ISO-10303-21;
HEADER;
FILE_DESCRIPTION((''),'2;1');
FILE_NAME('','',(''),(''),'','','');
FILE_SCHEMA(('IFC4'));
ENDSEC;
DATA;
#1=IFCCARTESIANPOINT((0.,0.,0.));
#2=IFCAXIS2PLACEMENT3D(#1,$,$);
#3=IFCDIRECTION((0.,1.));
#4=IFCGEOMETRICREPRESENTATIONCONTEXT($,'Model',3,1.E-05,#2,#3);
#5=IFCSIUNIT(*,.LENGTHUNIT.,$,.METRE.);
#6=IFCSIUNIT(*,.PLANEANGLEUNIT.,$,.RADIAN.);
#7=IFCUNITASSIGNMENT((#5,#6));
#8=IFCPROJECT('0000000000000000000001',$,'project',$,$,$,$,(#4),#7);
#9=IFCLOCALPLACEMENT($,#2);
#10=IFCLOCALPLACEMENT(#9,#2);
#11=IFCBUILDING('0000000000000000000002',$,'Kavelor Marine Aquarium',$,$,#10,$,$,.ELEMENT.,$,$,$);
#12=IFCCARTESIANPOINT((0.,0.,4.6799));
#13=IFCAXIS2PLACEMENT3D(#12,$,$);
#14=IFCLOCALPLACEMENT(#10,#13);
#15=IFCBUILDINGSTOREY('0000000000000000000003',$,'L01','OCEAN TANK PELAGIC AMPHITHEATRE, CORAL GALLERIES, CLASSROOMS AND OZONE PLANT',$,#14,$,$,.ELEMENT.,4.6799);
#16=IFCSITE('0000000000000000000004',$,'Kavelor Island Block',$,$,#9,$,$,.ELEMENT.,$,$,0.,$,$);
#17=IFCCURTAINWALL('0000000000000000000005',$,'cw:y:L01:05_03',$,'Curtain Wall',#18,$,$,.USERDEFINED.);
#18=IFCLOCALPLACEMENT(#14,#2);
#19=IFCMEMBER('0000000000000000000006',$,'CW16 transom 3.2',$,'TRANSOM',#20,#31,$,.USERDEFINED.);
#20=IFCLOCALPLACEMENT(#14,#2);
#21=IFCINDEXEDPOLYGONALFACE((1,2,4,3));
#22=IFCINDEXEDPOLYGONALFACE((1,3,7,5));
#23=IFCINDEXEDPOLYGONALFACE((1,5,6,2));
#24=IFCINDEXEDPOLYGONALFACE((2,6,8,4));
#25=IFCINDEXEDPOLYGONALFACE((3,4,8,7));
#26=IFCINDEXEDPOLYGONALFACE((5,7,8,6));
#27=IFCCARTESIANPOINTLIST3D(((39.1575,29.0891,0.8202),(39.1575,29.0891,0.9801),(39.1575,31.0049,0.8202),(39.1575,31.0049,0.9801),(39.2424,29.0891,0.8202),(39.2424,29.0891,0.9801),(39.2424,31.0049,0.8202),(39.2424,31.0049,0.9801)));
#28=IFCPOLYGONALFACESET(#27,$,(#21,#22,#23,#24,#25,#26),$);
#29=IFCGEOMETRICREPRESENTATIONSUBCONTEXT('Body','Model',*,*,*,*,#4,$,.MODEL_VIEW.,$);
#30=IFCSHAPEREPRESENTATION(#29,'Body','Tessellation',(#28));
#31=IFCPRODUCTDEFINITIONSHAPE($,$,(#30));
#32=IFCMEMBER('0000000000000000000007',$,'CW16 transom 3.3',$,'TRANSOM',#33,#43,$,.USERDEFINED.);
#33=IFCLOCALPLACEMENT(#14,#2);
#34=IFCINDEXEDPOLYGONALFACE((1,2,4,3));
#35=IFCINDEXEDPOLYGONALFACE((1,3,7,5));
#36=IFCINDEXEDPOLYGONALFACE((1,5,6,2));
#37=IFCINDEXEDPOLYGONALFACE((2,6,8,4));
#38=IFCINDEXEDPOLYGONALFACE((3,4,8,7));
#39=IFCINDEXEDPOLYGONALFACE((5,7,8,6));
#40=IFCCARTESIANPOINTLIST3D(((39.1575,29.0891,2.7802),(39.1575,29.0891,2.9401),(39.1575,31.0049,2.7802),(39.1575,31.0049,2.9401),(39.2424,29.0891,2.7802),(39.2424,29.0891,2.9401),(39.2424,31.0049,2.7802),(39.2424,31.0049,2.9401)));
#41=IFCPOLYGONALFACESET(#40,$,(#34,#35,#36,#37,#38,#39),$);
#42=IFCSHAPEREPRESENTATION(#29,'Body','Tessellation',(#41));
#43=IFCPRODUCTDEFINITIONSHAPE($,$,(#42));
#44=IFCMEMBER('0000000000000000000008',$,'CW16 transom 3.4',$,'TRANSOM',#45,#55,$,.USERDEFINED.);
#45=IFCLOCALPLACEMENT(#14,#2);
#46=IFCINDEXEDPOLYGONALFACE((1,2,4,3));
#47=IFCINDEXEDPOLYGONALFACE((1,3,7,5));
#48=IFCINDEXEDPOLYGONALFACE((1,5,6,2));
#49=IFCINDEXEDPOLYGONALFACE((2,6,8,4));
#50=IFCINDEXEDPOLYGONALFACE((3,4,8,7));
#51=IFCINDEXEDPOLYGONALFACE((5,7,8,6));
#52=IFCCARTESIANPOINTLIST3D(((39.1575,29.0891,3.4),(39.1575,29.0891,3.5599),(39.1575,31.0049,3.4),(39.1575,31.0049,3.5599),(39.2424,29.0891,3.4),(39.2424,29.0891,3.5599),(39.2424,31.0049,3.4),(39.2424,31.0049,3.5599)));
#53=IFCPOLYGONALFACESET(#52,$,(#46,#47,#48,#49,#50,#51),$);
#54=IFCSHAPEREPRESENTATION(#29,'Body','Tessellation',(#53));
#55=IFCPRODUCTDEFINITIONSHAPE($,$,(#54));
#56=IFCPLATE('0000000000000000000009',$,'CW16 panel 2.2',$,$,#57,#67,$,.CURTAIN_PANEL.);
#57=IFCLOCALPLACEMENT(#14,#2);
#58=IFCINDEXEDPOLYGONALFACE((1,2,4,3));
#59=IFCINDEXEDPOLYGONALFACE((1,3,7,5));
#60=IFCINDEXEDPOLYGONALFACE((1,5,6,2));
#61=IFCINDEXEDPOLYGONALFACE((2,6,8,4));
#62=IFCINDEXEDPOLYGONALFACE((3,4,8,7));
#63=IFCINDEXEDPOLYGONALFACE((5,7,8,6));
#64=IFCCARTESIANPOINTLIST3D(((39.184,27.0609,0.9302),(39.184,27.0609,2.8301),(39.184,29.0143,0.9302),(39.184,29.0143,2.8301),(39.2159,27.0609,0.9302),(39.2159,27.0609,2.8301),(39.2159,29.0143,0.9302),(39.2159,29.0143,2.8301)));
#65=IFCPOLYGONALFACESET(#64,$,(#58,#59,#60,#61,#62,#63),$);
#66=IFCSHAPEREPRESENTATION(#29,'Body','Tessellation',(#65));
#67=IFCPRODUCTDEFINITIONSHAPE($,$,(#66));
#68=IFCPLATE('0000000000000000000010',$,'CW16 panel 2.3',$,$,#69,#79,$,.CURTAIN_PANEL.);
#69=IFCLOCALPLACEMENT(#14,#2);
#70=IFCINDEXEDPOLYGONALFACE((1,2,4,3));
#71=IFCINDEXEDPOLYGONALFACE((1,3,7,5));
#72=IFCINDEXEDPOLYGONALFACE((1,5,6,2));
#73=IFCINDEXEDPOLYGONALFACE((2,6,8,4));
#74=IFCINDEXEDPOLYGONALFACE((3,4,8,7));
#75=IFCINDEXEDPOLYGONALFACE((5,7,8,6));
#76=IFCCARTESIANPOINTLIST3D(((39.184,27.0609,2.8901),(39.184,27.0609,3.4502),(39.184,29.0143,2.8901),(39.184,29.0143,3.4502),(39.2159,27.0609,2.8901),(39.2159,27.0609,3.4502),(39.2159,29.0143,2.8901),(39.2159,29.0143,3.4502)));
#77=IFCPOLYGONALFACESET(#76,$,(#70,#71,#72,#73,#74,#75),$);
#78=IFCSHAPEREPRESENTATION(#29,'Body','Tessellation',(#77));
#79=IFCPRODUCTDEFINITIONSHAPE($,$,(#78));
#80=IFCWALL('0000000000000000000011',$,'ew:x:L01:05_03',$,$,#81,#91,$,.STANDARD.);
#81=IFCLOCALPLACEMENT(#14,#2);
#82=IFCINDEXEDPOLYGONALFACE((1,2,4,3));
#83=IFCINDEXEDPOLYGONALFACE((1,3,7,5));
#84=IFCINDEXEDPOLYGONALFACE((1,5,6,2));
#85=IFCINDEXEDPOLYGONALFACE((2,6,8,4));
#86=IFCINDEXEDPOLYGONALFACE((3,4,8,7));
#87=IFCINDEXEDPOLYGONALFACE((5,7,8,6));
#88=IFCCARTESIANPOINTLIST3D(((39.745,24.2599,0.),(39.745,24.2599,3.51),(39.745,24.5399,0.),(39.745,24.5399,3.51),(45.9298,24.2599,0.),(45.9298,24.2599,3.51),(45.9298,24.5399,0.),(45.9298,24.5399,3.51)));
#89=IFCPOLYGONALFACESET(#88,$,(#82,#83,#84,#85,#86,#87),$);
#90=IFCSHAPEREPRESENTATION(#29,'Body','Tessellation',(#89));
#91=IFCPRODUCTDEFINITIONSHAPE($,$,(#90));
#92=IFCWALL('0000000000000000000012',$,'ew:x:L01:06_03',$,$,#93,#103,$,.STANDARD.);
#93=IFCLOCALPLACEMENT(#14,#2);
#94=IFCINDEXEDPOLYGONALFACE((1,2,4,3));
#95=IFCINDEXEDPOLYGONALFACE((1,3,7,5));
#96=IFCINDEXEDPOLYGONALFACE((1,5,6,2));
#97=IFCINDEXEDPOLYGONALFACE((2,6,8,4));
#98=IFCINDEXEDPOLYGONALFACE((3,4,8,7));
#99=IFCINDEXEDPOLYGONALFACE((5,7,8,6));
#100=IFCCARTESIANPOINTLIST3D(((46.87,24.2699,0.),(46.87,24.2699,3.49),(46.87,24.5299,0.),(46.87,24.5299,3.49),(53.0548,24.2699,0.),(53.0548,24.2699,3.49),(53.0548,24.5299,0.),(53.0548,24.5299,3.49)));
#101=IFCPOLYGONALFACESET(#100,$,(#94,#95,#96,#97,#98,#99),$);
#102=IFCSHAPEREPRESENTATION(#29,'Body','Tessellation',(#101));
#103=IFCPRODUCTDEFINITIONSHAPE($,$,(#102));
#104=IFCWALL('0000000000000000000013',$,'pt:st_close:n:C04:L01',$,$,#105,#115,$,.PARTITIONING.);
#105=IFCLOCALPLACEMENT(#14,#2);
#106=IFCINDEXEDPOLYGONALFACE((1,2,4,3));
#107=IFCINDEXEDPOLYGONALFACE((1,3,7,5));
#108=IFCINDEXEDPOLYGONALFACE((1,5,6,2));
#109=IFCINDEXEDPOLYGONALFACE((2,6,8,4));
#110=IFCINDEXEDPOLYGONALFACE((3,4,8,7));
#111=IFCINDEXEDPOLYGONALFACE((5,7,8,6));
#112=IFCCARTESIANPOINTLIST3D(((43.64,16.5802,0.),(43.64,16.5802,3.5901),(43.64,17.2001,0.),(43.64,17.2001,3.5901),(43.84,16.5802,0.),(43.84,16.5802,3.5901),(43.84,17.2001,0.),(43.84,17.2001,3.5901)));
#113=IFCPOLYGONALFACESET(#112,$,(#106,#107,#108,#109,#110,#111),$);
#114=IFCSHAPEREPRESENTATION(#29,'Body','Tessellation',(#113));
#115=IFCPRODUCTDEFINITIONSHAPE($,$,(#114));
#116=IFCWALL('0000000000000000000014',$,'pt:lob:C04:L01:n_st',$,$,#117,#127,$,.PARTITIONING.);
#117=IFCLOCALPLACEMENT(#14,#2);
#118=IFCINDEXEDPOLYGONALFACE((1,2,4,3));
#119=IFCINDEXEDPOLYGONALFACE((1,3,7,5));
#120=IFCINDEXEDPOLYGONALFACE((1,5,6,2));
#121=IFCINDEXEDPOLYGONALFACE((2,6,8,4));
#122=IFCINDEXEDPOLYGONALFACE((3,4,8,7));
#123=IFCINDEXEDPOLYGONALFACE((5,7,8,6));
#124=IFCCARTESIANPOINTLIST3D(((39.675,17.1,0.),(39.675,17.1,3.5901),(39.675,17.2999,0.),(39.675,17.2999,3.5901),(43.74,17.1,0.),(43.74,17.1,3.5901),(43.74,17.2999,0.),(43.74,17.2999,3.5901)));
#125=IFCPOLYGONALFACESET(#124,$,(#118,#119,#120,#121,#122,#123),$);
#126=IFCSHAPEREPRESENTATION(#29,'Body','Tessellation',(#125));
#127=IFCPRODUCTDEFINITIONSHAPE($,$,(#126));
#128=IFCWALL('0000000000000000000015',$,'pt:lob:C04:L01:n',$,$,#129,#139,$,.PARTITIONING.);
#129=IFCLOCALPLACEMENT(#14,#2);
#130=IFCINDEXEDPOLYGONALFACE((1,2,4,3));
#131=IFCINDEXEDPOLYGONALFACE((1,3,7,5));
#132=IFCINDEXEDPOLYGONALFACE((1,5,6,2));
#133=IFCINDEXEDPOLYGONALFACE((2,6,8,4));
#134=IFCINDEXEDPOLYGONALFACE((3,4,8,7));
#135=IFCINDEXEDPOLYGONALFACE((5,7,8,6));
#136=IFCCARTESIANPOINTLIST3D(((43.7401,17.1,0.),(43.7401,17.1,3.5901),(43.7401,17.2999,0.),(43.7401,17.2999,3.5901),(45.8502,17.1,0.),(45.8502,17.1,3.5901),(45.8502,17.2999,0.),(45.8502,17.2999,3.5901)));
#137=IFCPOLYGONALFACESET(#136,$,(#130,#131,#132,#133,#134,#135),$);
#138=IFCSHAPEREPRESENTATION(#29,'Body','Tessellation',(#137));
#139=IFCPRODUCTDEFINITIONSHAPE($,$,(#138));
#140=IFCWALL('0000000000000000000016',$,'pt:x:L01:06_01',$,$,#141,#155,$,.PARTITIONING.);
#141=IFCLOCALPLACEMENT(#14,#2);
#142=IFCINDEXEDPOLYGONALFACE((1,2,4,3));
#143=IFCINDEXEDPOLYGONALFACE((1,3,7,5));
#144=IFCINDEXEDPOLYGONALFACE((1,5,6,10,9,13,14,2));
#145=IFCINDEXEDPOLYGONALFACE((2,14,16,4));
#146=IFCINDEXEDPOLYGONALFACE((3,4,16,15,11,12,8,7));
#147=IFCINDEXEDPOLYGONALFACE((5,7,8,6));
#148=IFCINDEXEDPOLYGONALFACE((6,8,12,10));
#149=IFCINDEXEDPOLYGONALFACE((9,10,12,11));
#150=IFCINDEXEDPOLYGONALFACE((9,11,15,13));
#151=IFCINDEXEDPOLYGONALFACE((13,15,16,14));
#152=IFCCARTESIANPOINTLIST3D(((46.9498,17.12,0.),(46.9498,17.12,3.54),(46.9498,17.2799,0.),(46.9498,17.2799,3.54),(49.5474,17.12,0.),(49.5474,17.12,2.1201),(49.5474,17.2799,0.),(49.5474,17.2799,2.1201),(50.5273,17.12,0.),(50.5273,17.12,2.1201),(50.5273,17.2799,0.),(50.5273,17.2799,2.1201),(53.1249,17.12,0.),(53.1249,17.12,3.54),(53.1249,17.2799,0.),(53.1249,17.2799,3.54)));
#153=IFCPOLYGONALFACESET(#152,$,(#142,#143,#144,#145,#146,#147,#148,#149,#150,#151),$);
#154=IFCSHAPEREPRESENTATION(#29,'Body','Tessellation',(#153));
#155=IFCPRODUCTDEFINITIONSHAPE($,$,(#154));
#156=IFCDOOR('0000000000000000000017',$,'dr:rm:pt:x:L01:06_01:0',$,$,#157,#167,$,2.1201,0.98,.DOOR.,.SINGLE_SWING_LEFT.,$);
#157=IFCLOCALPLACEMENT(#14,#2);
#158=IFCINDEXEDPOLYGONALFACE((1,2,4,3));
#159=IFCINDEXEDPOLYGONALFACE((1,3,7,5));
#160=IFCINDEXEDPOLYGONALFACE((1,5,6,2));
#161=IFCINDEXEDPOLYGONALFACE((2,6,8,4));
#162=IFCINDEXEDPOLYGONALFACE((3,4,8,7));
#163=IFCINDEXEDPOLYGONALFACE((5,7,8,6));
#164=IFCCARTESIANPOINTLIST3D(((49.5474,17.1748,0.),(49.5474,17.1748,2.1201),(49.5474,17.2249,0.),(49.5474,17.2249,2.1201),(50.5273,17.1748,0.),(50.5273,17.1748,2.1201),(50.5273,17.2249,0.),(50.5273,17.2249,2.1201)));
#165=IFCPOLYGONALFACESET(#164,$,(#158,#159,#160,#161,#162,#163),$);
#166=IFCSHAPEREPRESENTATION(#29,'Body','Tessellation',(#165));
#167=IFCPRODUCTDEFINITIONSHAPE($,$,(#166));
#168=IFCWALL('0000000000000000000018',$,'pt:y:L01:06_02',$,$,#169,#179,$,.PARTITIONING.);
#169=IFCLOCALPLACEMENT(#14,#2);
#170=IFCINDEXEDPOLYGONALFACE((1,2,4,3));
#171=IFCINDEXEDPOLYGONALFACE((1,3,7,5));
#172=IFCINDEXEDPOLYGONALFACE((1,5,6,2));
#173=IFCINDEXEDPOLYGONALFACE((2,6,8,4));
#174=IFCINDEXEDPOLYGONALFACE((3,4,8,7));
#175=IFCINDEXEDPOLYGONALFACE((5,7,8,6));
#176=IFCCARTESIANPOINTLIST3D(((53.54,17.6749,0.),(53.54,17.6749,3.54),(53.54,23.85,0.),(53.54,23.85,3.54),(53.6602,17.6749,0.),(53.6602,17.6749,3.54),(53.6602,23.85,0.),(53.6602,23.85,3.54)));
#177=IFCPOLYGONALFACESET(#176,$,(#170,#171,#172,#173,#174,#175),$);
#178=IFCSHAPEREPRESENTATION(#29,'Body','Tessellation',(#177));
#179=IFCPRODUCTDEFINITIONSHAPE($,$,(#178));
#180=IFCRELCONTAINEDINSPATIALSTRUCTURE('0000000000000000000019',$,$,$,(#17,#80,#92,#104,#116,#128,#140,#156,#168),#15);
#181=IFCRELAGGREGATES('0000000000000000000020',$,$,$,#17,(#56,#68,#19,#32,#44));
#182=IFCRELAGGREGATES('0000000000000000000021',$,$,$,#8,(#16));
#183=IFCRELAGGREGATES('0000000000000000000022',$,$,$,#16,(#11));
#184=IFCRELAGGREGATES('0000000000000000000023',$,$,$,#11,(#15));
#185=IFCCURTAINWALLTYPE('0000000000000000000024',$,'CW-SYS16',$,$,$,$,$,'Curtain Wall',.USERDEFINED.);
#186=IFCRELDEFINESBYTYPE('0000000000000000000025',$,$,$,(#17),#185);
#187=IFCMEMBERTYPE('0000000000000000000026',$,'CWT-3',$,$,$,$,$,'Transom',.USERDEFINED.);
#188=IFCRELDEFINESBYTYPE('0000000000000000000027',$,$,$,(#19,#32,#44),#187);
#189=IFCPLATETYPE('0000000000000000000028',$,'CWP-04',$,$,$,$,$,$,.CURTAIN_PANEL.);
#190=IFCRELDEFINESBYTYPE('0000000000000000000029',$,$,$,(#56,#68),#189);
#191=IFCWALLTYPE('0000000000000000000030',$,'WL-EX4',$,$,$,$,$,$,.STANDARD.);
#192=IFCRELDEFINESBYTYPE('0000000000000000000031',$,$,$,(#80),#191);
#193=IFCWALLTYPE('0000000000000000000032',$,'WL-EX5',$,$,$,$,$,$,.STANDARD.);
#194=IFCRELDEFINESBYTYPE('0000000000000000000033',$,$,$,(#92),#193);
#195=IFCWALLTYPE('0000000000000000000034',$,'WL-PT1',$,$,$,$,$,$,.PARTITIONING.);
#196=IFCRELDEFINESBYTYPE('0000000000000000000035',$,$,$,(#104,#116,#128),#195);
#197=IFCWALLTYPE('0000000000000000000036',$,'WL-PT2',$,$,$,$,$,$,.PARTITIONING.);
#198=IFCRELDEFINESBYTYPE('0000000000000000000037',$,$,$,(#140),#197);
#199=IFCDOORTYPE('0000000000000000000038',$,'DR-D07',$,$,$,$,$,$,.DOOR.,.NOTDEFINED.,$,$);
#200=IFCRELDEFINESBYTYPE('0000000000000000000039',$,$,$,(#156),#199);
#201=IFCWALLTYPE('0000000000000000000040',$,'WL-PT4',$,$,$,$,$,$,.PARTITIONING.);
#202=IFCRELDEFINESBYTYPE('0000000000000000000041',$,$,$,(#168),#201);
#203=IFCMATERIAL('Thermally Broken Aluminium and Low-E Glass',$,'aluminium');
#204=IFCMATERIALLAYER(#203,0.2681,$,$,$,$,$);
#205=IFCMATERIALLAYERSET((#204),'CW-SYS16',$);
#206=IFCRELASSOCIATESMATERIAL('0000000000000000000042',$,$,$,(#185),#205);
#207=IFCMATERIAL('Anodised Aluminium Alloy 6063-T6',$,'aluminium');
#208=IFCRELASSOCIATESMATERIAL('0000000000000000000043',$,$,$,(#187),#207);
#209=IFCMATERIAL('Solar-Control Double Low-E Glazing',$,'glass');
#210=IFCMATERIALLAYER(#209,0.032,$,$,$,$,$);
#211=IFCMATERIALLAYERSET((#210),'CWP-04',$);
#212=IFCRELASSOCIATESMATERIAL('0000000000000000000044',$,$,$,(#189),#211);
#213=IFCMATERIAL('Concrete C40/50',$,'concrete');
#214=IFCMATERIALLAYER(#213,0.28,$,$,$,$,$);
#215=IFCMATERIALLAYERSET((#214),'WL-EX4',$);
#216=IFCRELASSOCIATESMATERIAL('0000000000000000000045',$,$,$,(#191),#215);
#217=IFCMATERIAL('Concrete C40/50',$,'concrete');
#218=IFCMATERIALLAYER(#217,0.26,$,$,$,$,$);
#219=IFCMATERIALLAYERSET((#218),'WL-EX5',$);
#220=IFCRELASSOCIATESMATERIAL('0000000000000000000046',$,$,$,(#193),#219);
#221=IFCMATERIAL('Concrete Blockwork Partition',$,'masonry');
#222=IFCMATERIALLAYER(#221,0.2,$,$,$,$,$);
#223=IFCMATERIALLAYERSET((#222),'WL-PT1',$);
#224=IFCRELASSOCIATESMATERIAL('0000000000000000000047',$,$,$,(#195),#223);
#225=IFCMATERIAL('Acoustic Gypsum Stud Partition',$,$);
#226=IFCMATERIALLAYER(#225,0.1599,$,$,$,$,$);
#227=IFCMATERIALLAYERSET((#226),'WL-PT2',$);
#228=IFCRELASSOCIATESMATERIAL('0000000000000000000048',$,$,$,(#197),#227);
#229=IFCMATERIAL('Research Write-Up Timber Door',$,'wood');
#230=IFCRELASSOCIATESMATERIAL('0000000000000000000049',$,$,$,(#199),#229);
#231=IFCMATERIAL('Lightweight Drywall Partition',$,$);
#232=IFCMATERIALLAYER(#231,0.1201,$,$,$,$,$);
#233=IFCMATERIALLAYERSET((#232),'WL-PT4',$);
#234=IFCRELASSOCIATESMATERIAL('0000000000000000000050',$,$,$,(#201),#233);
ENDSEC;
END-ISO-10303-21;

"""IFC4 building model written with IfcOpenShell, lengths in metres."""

from ifc_helpers import new_model, si_unit, direction, frame, frame_2d, origin, origin_2d, place, context, subcontext, project, spatial, rectangle, extrude, material, layer, layer_set, material_profile, profile_set, type_object, element, fill, aggregate, save


model = new_model("IFC4")

# Units and contexts
model_context = context("Model", 3, precision=1e-05, world=origin(), true_north=direction((0.0, 1.0)))
body_context = subcontext(model_context, "Body", "Model", "MODEL_VIEW")
ifc_project = project(units=[si_unit("LENGTHUNIT", "METRE"), si_unit("PLANEANGLEUNIT", "RADIAN")], contexts=[model_context])

# Site, building, storey
site_placement = place(None, origin())
site = spatial("IfcSite", under=ifc_project, at=site_placement, Name="Kavelor Island Block", CompositionType="ELEMENT", RefElevation=0.0)
building_placement = place(site_placement, origin())
building = spatial("IfcBuilding", under=site, at=building_placement, Name="Kavelor Marine Aquarium", CompositionType="ELEMENT")
storey_placement = place(building_placement, frame((0.0, 0.0, 4.6799)))
storey = spatial("IfcBuildingStorey", under=building, at=storey_placement, Name="L01", Description="OCEAN TANK PELAGIC AMPHITHEATRE, CORAL GALLERIES, CLASSROOMS AND OZONE PLANT", CompositionType="ELEMENT", Elevation=4.6799)

# Curtain wall, members, plates
ifc_material_1 = material(Name="Thermally Broken Aluminium and Low-E Glass", Category="aluminium")
ifc_layer_1 = layer(ifc_material_1, 0.2681)
ifc_layer_set_1 = layer_set([ifc_layer_1], Name="CW-SYS16")
curtain_wall_type = type_object("IfcCurtainWallType", Name="CW-SYS16", ElementType="Curtain Wall", PredefinedType="USERDEFINED", material=ifc_layer_set_1)
curtain_wall_placement = place(storey_placement, origin())
curtain_wall = element("IfcCurtainWall", 1, at=curtain_wall_placement, inside=storey, type_object=curtain_wall_type, Name="cw:y:L01:05_03", ObjectType="Curtain Wall", PredefinedType="USERDEFINED")
ifc_material_2 = material(Name="Anodised Aluminium Alloy 6063-T6", Category="aluminium")
ifc_material_profile_1 = material_profile(ifc_material_2, rectangle(XDim=0.085, YDim=0.1599, at=origin_2d()), Name="CW-TRN 85x160")
ifc_profile_set_1 = profile_set([ifc_material_profile_1], Name="Anodised Aluminium Alloy 6063-T6")
member_type_1 = type_object("IfcMemberType", Name="CWT-3", ElementType="Transom", PredefinedType="USERDEFINED", material=ifc_profile_set_1)
member_1_placement = place(storey_placement, frame((39.2, 29.0891, 0.9001), z_axis=(0.0, 1.0, 0.0), x_axis=(-1.0, 0.0, 0.0)))
member_1 = element("IfcMember", 2, at=member_1_placement, type_object=member_type_1, Name="CW16 transom 3.2", ObjectType="TRANSOM", PredefinedType="USERDEFINED", context=body_context, shape_type="SweptSolid", body=[
    extrude(rectangle(XDim=0.085, YDim=0.1599, at=origin_2d()), origin(), (0.0, 0.0, 1.0), 1.9158),
])
member_2_placement = place(storey_placement, frame((39.2, 29.0891, 2.8601), z_axis=(0.0, 1.0, 0.0), x_axis=(-1.0, 0.0, 0.0)))
member_2 = element("IfcMember", 3, at=member_2_placement, type_object=member_type_1, Name="CW16 transom 3.3", ObjectType="TRANSOM", PredefinedType="USERDEFINED", context=body_context, shape_type="SweptSolid", body=[
    extrude(rectangle(XDim=0.085, YDim=0.1599, at=origin_2d()), origin(), (0.0, 0.0, 1.0), 1.9158),
])
member_3_placement = place(storey_placement, frame((39.2, 29.0891, 3.48), z_axis=(0.0, 1.0, 0.0), x_axis=(-1.0, 0.0, 0.0)))
member_3 = element("IfcMember", 4, at=member_3_placement, type_object=member_type_1, Name="CW16 transom 3.4", ObjectType="TRANSOM", PredefinedType="USERDEFINED", context=body_context, shape_type="SweptSolid", body=[
    extrude(rectangle(XDim=0.085, YDim=0.1599, at=origin_2d()), origin(), (0.0, 0.0, 1.0), 1.9158),
])
ifc_material_3 = material(Name="Solar-Control Double Low-E Glazing", Category="glass")
ifc_layer_2 = layer(ifc_material_3, 0.032)
ifc_layer_set_2 = layer_set([ifc_layer_2], Name="CWP-04")
plate_type = type_object("IfcPlateType", Name="CWP-04", PredefinedType="CURTAIN_PANEL", material=ifc_layer_set_2)
plate_1_placement = place(storey_placement, frame((39.2, 28.0376, 0.9302), z_axis=(0.0, 0.0, 1.0), x_axis=(0.0, 1.0, 0.0)))
plate_1 = element("IfcPlate", 5, at=plate_1_placement, type_object=plate_type, Name="CW16 panel 2.2", PredefinedType="CURTAIN_PANEL", context=body_context, shape_type="SweptSolid", body=[
    extrude(rectangle(XDim=1.9534, YDim=0.032, at=origin_2d()), origin(), (0.0, 0.0, 1.0), 1.8999),
])
plate_2_placement = place(storey_placement, frame((39.2, 28.0376, 2.8901), z_axis=(0.0, 0.0, 1.0), x_axis=(0.0, 1.0, 0.0)))
plate_2 = element("IfcPlate", 6, at=plate_2_placement, type_object=plate_type, Name="CW16 panel 2.3", PredefinedType="CURTAIN_PANEL", context=body_context, shape_type="SweptSolid", body=[
    extrude(rectangle(XDim=1.9534, YDim=0.032, at=origin_2d()), origin(), (0.0, 0.0, 1.0), 0.5601),
])
aggregate(curtain_wall, [plate_1, plate_2, member_1, member_2, member_3])

# Walls
ifc_material_4 = material(Name="Concrete C40/50", Category="concrete")
ifc_layer_3 = layer(ifc_material_4, 0.28)
ifc_layer_set_3 = layer_set([ifc_layer_3], Name="WL-EX4")
wall_type_1 = type_object("IfcWallType", Name="WL-EX4", PredefinedType="STANDARD", material=ifc_layer_set_3)
wall_1_placement = place(storey_placement, frame((39.7451, 24.3999, 0.0), z_axis=(0.0, 0.0, 1.0), x_axis=(1.0, 0.0, 0.0)))
element("IfcWall", 7, at=wall_1_placement, inside=storey, type_object=wall_type_1, Name="ew:x:L01:05_03", PredefinedType="STANDARD", context=body_context, shape_type="SweptSolid", body=[
    extrude(rectangle(XDim=6.1848, YDim=0.28, at=frame_2d((3.0923, 0.0))), origin(), (0.0, 0.0, 1.0), 3.51),
])
ifc_material_5 = material(Name="Concrete C40/50", Category="concrete")
ifc_layer_4 = layer(ifc_material_5, 0.26)
ifc_layer_set_4 = layer_set([ifc_layer_4], Name="WL-EX5")
wall_type_2 = type_object("IfcWallType", Name="WL-EX5", PredefinedType="STANDARD", material=ifc_layer_set_4)
wall_2_placement = place(storey_placement, frame((46.8701, 24.3999, 0.0), z_axis=(0.0, 0.0, 1.0), x_axis=(1.0, 0.0, 0.0)))
element("IfcWall", 8, at=wall_2_placement, inside=storey, type_object=wall_type_2, Name="ew:x:L01:06_03", PredefinedType="STANDARD", context=body_context, shape_type="SweptSolid", body=[
    extrude(rectangle(XDim=6.1848, YDim=0.26, at=frame_2d((3.0923, 0.0))), origin(), (0.0, 0.0, 1.0), 3.49),
])
ifc_material_6 = material(Name="Concrete Blockwork Partition", Category="masonry")
ifc_layer_5 = layer(ifc_material_6, 0.2)
ifc_layer_set_5 = layer_set([ifc_layer_5], Name="WL-PT1")
wall_type_3 = type_object("IfcWallType", Name="WL-PT1", PredefinedType="PARTITIONING", material=ifc_layer_set_5)
wall_3_placement = place(storey_placement, frame((43.74, 16.5801, 0.0), z_axis=(0.0, 0.0, 1.0), x_axis=(0.0, 1.0, 0.0)))
element("IfcWall", 9, at=wall_3_placement, inside=storey, type_object=wall_type_3, Name="pt:st_close:n:C04:L01", PredefinedType="PARTITIONING", context=body_context, shape_type="SweptSolid", body=[
    extrude(rectangle(XDim=0.6199, YDim=0.2, at=frame_2d((0.3101, 0.0))), origin(), (0.0, 0.0, 1.0), 3.5901),
])
wall_4_placement = place(storey_placement, frame((39.675, 17.2, 0.0), z_axis=(0.0, 0.0, 1.0), x_axis=(1.0, 0.0, 0.0)))
element("IfcWall", 10, at=wall_4_placement, inside=storey, type_object=wall_type_3, Name="pt:lob:C04:L01:n_st", PredefinedType="PARTITIONING", context=body_context, shape_type="SweptSolid", body=[
    extrude(rectangle(XDim=4.0649, YDim=0.2, at=frame_2d((2.0325, 0.0))), origin(), (0.0, 0.0, 1.0), 3.5901),
])
wall_5_placement = place(storey_placement, frame((43.74, 17.2, 0.0), z_axis=(0.0, 0.0, 1.0), x_axis=(1.0, 0.0, 0.0)))
element("IfcWall", 11, at=wall_5_placement, inside=storey, type_object=wall_type_3, Name="pt:lob:C04:L01:n", PredefinedType="PARTITIONING", context=body_context, shape_type="SweptSolid", body=[
    extrude(rectangle(XDim=2.1101, YDim=0.2, at=frame_2d((1.0552, 0.0))), origin(), (0.0, 0.0, 1.0), 3.5901),
])

# Wall, opening, door
ifc_material_7 = material(Name="Acoustic Gypsum Stud Partition")
ifc_layer_6 = layer(ifc_material_7, 0.1599)
ifc_layer_set_6 = layer_set([ifc_layer_6], Name="WL-PT2")
wall_type_4 = type_object("IfcWallType", Name="WL-PT2", PredefinedType="PARTITIONING", material=ifc_layer_set_6)
wall_6_placement = place(storey_placement, frame((46.95, 17.2, 0.0), z_axis=(0.0, 0.0, 1.0), x_axis=(1.0, 0.0, 0.0)))
wall_6 = element("IfcWall", 12, at=wall_6_placement, inside=storey, type_object=wall_type_4, Name="pt:x:L01:06_01", PredefinedType="PARTITIONING", context=body_context, shape_type="SweptSolid", body=[
    extrude(rectangle(XDim=6.175, YDim=0.1599, at=frame_2d((3.0874, 0.0))), origin(), (0.0, 0.0, 1.0), 3.54),
])
opening_placement = place(wall_6_placement, frame((2.5974, 0.0, 0.0)))
opening = element("IfcOpeningElement", 13, at=opening_placement, cuts=wall_6, PredefinedType="OPENING", context=body_context, shape_type="SweptSolid", body=[
    extrude(rectangle(XDim=0.98, YDim=2.1201, at=frame_2d((0.49, 1.0601))), frame((0.0, 0.0898, 0.0), z_axis=(0.0, -1.0, 0.0), x_axis=(1.0, 0.0, 0.0)), (0.0, 0.0, 1.0), 0.1799),
])
ifc_material_8 = material(Name="Research Write-Up Timber Door", Category="wood")
door_type = type_object("IfcDoorType", Name="DR-D07", OperationType="NOTDEFINED", PredefinedType="DOOR", material=ifc_material_8)
door_placement = place(opening_placement, origin())
door = element("IfcDoor", 14, at=door_placement, inside=storey, type_object=door_type, Name="dr:rm:pt:x:L01:06_01:0", OperationType="SINGLE_SWING_LEFT", OverallHeight=2.1201, OverallWidth=0.98, PredefinedType="DOOR", context=body_context, shape_type="SweptSolid", body=[
    extrude(rectangle(XDim=0.98, YDim=2.1201, at=frame_2d((0.49, 1.0601))), frame((0.0, 0.0249, 0.0), z_axis=(0.0, -1.0, 0.0), x_axis=(1.0, 0.0, 0.0)), (0.0, 0.0, 1.0), 0.05),
])
fill(opening, door)

# Wall
ifc_material_9 = material(Name="Lightweight Drywall Partition")
ifc_layer_7 = layer(ifc_material_9, 0.1201)
ifc_layer_set_7 = layer_set([ifc_layer_7], Name="WL-PT4")
wall_type_5 = type_object("IfcWallType", Name="WL-PT4", PredefinedType="PARTITIONING", material=ifc_layer_set_7)
wall_7_placement = place(storey_placement, frame((53.6001, 17.675, 0.0), z_axis=(0.0, 0.0, 1.0), x_axis=(0.0, 1.0, 0.0)))
element("IfcWall", 15, at=wall_7_placement, inside=storey, type_object=wall_type_5, Name="pt:y:L01:06_02", PredefinedType="PARTITIONING", context=body_context, shape_type="SweptSolid", body=[
    extrude(rectangle(XDim=6.175, YDim=0.1201, at=frame_2d((3.0874, 0.0))), origin(), (0.0, 0.0, 1.0), 3.54),
])

save(model, "model.ifc")
